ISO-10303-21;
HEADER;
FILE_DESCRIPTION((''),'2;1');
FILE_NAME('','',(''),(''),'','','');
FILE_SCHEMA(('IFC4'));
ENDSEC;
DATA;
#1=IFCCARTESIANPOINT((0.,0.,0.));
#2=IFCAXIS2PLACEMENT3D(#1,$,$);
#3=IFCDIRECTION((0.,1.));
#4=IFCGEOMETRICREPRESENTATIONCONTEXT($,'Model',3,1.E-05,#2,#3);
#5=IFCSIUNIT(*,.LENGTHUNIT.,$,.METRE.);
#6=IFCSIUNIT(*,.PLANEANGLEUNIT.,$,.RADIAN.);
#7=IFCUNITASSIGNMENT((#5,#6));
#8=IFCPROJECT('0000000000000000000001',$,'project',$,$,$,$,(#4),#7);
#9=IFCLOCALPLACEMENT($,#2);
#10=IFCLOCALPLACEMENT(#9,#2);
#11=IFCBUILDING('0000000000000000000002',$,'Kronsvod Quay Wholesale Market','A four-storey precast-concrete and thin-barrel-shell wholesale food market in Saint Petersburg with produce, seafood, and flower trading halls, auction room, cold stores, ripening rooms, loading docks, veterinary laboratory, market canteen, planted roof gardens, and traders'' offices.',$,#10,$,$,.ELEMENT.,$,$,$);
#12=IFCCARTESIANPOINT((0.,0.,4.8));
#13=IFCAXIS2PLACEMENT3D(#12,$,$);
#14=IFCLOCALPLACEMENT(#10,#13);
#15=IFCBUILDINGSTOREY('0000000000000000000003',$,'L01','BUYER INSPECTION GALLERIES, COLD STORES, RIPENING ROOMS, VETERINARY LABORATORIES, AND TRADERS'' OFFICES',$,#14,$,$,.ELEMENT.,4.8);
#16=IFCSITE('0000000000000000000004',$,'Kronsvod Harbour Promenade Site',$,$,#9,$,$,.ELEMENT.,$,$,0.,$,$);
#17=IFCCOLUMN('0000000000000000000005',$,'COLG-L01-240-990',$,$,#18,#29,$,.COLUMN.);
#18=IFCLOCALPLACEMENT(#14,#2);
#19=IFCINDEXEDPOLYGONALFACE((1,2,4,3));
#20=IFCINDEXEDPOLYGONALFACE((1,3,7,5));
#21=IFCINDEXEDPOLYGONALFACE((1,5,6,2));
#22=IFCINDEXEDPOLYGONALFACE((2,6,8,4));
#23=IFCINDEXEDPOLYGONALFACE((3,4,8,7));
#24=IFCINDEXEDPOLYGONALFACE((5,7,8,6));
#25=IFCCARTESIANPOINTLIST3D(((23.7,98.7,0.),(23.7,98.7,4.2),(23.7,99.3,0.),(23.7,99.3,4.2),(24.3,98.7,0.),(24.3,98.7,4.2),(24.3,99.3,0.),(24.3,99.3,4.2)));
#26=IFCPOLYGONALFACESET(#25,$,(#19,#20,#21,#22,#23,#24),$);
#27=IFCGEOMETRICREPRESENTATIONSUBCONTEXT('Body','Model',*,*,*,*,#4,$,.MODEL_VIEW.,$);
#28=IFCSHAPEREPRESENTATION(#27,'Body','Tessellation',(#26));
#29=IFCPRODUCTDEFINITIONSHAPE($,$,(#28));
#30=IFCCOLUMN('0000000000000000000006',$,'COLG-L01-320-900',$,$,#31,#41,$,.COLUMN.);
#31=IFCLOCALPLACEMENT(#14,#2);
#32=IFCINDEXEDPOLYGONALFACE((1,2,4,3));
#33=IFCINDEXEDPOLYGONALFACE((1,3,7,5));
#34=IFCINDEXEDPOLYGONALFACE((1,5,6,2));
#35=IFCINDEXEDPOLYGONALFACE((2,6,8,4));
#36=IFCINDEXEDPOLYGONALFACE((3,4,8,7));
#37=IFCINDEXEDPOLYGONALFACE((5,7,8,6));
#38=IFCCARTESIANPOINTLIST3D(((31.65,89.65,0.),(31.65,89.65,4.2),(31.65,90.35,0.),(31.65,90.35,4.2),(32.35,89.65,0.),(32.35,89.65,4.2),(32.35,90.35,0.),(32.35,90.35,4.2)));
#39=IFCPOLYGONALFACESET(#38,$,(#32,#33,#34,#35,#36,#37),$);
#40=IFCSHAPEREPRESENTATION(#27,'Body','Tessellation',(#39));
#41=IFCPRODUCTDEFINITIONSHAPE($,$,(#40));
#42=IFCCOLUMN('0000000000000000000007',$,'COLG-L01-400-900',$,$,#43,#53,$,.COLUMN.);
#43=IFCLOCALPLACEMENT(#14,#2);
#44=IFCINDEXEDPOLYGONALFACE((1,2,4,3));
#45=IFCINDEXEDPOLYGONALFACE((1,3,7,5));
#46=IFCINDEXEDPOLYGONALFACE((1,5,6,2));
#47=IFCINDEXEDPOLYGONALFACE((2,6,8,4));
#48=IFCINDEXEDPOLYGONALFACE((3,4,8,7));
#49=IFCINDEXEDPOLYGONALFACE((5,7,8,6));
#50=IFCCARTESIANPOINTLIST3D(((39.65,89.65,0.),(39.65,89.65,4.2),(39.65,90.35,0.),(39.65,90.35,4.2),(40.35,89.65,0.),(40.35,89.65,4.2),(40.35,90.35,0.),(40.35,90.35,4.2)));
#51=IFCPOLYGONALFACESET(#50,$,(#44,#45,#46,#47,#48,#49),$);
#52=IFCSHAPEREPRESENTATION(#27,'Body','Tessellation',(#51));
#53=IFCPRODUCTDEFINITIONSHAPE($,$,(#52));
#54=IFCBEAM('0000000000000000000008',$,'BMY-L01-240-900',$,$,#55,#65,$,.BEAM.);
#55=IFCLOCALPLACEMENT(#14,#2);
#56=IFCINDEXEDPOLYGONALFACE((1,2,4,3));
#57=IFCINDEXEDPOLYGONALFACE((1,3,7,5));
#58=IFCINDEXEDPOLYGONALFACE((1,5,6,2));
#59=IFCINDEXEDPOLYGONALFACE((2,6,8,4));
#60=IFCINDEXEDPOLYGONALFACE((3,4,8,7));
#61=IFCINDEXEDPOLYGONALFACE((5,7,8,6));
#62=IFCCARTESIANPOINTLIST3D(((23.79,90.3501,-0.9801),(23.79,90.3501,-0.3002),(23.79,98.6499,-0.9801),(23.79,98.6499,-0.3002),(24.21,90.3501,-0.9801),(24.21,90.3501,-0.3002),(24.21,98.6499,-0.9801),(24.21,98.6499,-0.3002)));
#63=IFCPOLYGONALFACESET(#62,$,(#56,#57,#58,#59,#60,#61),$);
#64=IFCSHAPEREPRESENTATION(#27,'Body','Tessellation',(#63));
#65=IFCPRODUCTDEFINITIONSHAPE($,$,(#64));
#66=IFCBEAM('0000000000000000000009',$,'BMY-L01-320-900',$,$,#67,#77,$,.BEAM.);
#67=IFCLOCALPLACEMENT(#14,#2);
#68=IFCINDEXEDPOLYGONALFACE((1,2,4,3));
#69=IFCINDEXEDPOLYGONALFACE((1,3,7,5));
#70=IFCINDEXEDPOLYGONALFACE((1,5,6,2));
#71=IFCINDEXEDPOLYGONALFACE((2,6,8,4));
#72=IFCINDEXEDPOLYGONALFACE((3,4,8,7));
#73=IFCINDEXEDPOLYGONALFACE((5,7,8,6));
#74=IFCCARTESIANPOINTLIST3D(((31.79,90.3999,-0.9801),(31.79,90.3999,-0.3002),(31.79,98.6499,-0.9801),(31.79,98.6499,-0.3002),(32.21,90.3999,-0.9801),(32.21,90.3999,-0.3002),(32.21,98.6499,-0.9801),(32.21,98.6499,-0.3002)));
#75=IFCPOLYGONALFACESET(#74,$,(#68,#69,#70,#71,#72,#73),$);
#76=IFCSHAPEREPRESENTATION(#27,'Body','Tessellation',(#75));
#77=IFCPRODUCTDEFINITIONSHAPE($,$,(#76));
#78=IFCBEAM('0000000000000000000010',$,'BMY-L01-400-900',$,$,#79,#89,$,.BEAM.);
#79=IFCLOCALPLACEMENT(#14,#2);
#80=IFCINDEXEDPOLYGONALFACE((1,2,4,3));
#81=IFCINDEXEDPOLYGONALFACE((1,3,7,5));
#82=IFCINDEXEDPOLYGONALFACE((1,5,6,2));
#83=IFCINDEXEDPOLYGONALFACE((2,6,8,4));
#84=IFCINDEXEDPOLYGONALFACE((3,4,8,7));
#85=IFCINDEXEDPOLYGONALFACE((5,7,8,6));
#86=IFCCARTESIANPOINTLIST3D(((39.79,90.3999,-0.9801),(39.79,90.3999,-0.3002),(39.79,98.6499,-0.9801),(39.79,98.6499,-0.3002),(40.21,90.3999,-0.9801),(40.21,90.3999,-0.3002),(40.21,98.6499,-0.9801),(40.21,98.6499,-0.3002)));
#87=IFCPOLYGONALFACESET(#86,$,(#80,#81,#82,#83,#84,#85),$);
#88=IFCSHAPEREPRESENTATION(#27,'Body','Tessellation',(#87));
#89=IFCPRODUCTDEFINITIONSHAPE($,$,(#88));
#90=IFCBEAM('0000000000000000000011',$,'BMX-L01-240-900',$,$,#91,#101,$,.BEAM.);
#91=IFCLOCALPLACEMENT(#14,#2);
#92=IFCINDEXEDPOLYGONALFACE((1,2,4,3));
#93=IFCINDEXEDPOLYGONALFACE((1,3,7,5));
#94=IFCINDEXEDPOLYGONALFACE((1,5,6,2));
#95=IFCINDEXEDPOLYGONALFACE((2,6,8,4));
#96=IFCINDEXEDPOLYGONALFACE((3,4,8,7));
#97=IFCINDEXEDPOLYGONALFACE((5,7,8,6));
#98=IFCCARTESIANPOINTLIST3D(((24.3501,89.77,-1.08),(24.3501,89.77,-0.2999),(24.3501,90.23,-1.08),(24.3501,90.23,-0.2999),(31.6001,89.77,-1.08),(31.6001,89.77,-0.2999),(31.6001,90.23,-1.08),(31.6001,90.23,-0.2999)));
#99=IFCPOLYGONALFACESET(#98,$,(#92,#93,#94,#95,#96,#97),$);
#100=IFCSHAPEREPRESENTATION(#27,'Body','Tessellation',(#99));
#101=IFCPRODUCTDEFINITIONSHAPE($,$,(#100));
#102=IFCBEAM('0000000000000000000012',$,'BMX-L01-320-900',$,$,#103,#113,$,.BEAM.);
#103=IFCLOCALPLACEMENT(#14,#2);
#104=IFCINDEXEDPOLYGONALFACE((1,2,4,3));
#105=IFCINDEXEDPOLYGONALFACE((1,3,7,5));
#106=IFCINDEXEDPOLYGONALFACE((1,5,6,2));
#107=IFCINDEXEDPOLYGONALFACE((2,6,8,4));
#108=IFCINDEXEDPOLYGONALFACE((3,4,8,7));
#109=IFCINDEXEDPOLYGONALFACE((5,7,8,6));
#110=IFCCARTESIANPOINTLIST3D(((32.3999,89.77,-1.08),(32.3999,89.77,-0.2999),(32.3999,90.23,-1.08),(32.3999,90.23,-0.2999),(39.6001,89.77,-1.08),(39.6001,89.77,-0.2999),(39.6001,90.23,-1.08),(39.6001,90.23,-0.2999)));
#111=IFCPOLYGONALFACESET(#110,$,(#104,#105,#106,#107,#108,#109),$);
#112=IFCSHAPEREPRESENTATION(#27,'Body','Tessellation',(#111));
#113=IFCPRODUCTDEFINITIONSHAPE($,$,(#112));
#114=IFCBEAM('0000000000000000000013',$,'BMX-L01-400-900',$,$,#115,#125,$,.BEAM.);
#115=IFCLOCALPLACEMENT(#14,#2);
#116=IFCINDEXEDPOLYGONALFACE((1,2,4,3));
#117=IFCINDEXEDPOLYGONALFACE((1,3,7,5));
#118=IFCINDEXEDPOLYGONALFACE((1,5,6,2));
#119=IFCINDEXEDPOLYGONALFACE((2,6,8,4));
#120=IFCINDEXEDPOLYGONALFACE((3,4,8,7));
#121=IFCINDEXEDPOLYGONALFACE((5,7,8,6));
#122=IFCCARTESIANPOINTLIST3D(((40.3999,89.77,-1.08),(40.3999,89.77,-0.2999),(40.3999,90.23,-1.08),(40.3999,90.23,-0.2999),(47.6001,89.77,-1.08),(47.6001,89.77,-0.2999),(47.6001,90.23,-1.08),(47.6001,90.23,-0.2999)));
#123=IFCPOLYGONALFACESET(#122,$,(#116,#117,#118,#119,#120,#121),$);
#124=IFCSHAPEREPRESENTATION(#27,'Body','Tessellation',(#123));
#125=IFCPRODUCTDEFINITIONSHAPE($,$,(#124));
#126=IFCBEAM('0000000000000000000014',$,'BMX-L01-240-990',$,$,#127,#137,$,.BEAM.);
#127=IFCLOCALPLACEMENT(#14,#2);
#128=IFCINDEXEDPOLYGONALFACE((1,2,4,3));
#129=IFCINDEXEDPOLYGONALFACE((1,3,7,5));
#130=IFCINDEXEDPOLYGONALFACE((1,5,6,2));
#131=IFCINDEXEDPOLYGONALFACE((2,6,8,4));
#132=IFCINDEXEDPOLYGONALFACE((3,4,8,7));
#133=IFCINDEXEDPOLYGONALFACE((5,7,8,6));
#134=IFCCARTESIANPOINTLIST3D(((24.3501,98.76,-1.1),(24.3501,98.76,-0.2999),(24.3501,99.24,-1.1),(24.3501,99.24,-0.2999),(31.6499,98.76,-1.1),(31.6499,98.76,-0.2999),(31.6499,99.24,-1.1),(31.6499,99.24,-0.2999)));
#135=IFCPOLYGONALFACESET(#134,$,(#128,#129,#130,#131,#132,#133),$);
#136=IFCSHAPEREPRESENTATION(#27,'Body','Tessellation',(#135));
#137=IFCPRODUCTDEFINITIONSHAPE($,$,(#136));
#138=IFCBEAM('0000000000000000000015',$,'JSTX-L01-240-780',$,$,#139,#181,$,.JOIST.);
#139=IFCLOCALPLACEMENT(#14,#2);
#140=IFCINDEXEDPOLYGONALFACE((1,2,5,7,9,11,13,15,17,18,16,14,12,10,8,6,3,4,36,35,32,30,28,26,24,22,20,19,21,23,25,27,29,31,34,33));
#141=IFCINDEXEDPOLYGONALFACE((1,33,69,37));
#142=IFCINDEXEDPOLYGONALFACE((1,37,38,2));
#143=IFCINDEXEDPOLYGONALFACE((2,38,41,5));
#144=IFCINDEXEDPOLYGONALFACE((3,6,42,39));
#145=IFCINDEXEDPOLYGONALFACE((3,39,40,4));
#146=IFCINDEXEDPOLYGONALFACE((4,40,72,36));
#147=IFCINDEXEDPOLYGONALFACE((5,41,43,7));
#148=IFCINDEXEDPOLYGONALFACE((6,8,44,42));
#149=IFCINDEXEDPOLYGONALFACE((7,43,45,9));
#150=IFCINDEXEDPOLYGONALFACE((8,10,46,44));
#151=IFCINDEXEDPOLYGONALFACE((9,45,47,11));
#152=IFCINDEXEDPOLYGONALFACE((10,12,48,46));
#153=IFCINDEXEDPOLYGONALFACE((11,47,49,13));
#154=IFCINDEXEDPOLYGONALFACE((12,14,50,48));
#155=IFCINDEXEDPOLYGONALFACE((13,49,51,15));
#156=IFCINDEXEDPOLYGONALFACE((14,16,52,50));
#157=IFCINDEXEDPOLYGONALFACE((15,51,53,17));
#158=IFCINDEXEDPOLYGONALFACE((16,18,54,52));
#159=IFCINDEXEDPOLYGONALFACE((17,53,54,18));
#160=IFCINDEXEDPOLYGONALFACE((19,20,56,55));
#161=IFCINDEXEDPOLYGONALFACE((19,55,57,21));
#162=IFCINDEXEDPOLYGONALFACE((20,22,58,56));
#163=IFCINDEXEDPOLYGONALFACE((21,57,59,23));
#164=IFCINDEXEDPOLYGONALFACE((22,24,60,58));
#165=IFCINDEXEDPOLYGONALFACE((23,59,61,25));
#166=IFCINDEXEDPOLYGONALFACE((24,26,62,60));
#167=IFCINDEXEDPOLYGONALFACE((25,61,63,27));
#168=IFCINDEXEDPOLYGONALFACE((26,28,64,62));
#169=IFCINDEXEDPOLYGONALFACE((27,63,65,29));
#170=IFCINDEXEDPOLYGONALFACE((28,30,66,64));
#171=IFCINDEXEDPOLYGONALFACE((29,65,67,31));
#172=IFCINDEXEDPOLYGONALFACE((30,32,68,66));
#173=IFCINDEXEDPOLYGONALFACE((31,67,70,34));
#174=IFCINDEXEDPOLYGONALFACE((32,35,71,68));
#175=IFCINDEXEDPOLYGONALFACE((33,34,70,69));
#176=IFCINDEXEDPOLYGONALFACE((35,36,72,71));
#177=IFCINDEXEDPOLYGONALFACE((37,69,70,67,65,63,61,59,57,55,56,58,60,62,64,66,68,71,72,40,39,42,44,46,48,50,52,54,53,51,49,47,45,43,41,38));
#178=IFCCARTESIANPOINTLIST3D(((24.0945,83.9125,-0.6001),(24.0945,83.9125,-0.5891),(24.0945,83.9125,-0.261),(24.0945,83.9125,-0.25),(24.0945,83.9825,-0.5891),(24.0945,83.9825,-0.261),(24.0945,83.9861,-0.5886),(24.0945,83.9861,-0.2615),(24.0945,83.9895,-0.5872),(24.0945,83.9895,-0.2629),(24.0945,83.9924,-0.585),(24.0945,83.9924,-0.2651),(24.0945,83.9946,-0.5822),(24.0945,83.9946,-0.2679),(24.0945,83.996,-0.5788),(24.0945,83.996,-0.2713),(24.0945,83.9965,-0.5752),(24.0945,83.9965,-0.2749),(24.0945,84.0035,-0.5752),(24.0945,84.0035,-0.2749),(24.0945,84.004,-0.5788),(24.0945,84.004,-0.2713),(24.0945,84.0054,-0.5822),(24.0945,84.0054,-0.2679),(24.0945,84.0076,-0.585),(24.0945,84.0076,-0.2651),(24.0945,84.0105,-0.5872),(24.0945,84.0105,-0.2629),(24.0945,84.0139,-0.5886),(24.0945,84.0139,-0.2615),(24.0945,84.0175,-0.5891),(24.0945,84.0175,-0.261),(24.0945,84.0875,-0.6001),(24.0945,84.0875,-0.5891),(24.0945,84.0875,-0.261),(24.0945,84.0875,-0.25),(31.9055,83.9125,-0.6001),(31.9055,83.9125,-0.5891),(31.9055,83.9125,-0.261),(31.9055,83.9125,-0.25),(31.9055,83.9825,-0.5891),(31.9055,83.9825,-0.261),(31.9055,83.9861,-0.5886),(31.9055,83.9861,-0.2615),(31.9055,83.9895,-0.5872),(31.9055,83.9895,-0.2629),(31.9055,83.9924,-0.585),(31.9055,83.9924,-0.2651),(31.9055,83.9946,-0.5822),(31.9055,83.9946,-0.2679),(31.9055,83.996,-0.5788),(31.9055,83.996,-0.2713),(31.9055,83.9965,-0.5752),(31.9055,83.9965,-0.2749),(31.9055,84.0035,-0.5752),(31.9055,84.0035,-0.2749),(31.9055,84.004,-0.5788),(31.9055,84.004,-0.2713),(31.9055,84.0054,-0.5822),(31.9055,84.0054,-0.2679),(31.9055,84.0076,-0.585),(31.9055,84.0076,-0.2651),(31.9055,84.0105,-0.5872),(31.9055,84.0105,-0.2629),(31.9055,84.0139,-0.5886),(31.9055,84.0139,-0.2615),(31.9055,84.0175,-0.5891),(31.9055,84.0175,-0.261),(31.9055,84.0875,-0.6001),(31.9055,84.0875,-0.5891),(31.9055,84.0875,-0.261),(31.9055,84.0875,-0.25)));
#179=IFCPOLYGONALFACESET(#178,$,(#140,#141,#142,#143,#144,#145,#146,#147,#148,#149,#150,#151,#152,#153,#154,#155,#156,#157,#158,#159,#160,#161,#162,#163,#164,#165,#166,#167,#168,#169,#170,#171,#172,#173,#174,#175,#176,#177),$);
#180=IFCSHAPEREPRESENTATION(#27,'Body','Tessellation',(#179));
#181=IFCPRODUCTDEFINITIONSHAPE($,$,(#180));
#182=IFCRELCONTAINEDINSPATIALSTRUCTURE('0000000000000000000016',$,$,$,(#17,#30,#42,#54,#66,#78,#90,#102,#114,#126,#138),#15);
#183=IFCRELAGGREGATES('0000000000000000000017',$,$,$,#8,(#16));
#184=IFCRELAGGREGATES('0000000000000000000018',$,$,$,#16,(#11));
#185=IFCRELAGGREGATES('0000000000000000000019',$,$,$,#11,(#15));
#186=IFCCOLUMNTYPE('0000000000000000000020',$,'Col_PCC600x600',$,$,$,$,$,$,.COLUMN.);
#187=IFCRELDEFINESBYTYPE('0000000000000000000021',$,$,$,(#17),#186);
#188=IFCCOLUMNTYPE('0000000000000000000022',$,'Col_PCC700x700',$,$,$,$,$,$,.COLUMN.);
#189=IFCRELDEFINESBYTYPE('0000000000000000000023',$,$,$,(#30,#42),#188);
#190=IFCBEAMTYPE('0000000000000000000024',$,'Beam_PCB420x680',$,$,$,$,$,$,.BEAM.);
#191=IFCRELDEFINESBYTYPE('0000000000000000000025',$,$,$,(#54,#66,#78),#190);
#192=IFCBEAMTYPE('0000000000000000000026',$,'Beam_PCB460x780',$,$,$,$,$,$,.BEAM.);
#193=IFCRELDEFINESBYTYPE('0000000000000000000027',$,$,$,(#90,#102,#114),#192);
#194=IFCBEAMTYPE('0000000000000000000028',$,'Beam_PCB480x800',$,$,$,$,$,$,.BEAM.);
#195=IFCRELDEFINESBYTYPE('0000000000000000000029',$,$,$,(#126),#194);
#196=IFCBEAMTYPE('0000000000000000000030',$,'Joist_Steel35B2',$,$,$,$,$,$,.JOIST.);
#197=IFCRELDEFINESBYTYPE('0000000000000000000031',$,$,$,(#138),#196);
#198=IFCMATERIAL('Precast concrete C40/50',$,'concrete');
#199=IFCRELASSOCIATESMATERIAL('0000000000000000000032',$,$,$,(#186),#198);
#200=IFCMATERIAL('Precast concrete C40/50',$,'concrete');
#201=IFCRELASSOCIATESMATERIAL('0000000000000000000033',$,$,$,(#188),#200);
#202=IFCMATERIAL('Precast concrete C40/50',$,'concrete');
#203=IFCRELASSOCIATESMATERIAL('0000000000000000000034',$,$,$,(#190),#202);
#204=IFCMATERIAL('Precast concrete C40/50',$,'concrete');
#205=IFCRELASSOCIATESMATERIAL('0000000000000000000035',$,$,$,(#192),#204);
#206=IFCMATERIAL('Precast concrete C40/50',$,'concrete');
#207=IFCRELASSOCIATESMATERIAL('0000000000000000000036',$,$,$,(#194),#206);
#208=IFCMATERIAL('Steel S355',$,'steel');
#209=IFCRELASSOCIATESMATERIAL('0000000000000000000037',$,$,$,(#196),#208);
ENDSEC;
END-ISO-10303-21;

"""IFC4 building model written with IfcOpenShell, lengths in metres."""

from ifc_helpers import new_model, si_unit, direction, frame, origin, origin_2d, place, context, subcontext, project, spatial, rectangle, i_section, extrude, material, material_profile, profile_set, type_object, element, save


model = new_model("IFC4")

# Units and contexts
model_context = context("Model", 3, precision=1e-05, world=origin(), true_north=direction((0.0, 1.0)))
body_context = subcontext(model_context, "Body", "Model", "MODEL_VIEW")
ifc_project = project(units=[si_unit("LENGTHUNIT", "METRE"), si_unit("PLANEANGLEUNIT", "RADIAN")], contexts=[model_context])

# Site, building, storey
site_placement = place(None, origin())
site = spatial("IfcSite", under=ifc_project, at=site_placement, Name="Kronsvod Harbour Promenade Site", CompositionType="ELEMENT", RefElevation=0.0)
building_placement = place(site_placement, origin())
building = spatial("IfcBuilding", under=site, at=building_placement, Name="Kronsvod Quay Wholesale Market", Description="A four-storey precast-concrete and thin-barrel-shell wholesale food market in Saint Petersburg with produce, seafood, and flower trading halls, auction room, cold stores, ripening rooms, loading docks, veterinary laboratory, market canteen, planted roof gardens, and traders' offices.", CompositionType="ELEMENT")
storey_placement = place(building_placement, frame((0.0, 0.0, 4.8)))
storey = spatial("IfcBuildingStorey", under=building, at=storey_placement, Name="L01", Description="BUYER INSPECTION GALLERIES, COLD STORES, RIPENING ROOMS, VETERINARY LABORATORIES, AND TRADERS' OFFICES", CompositionType="ELEMENT", Elevation=4.8)

# Columns
ifc_material_1 = material(Name="Precast concrete C40/50", Category="concrete")
ifc_material_profile_1 = material_profile(ifc_material_1, rectangle(XDim=0.6001, YDim=0.6001, at=origin_2d()), Name="PCC600x600")
ifc_profile_set_1 = profile_set([ifc_material_profile_1], Name="Precast concrete C40/50")
column_type_1 = type_object("IfcColumnType", Name="Col_PCC600x600", PredefinedType="COLUMN", material=ifc_profile_set_1)
column_placement = place(storey_placement, frame((24.0, 99.0, 0.0), z_axis=(0.0, 0.0, 1.0), x_axis=(1.0, 0.0, 0.0)))
element("IfcColumn", 1, at=column_placement, inside=storey, type_object=column_type_1, Name="COLG-L01-240-990", PredefinedType="COLUMN", context=body_context, shape_type="SweptSolid", body=[
    extrude(rectangle(XDim=0.6001, YDim=0.6001, at=origin_2d()), origin(), (0.0, 0.0, 1.0), 4.2),
])
ifc_material_2 = material(Name="Precast concrete C40/50", Category="concrete")
ifc_material_profile_2 = material_profile(ifc_material_2, rectangle(XDim=0.7, YDim=0.7, at=origin_2d()), Name="PCC700x700")
ifc_profile_set_2 = profile_set([ifc_material_profile_2], Name="Precast concrete C40/50")
column_type_2 = type_object("IfcColumnType", Name="Col_PCC700x700", PredefinedType="COLUMN", material=ifc_profile_set_2)
for number, where, z_axis, x_axis, name in (
    (2, (32.0, 90.0, 0.0), (0.0, 0.0, 1.0), (1.0, 0.0, 0.0), "COLG-L01-320-900"),
    (3, (40.0, 90.0, 0.0), (0.0, 0.0, 1.0), (1.0, 0.0, 0.0), "COLG-L01-400-900"),
):
    element("IfcColumn", number, at=place(storey_placement, frame(where, z_axis=z_axis, x_axis=x_axis)), inside=storey, type_object=column_type_2, Name=name, PredefinedType="COLUMN", context=body_context, shape_type="SweptSolid", body=[
        extrude(rectangle(XDim=0.7, YDim=0.7, at=origin_2d()), origin(), (0.0, 0.0, 1.0), 4.2),
    ])

# Beams
ifc_material_3 = material(Name="Precast concrete C40/50", Category="concrete")
ifc_material_profile_3 = material_profile(ifc_material_3, rectangle(XDim=0.4199, YDim=0.6799, at=origin_2d()), Name="PB-05")
ifc_profile_set_3 = profile_set([ifc_material_profile_3], Name="Precast concrete C40/50")
beam_type_1 = type_object("IfcBeamType", Name="Beam_PCB420x680", PredefinedType="BEAM", material=ifc_profile_set_3)
beam_1_placement = place(storey_placement, frame((24.0, 90.3501, -0.6401), z_axis=(0.0, 1.0, 0.0), x_axis=(-1.0, 0.0, 0.0)))
element("IfcBeam", 4, at=beam_1_placement, inside=storey, type_object=beam_type_1, Name="BMY-L01-240-900", PredefinedType="BEAM", context=body_context, shape_type="SweptSolid", body=[
    extrude(rectangle(XDim=0.4199, YDim=0.6799, at=origin_2d()), origin(), (0.0, 0.0, 1.0), 8.2998),
])
for number, where, z_axis, x_axis, name in (
    (5, (32.0, 90.3999, -0.6401), (0.0, 1.0, 0.0), (-1.0, 0.0, 0.0), "BMY-L01-320-900"),
    (6, (40.0, 90.3999, -0.6401), (0.0, 1.0, 0.0), (-1.0, 0.0, 0.0), "BMY-L01-400-900"),
):
    element("IfcBeam", number, at=place(storey_placement, frame(where, z_axis=z_axis, x_axis=x_axis)), inside=storey, type_object=beam_type_1, Name=name, PredefinedType="BEAM", context=body_context, shape_type="SweptSolid", body=[
        extrude(rectangle(XDim=0.4199, YDim=0.6799, at=origin_2d()), origin(), (0.0, 0.0, 1.0), 8.25),
    ])
ifc_material_4 = material(Name="Precast concrete C40/50", Category="concrete")
ifc_material_profile_4 = material_profile(ifc_material_4, rectangle(XDim=0.46, YDim=0.78, at=origin_2d()), Name="PB-03")
ifc_profile_set_4 = profile_set([ifc_material_profile_4], Name="Precast concrete C40/50")
beam_type_2 = type_object("IfcBeamType", Name="Beam_PCB460x780", PredefinedType="BEAM", material=ifc_profile_set_4)
beam_2_placement = place(storey_placement, frame((24.3501, 90.0, -0.6899), z_axis=(1.0, 0.0, 0.0), x_axis=(0.0, 1.0, 0.0)))
element("IfcBeam", 7, at=beam_2_placement, inside=storey, type_object=beam_type_2, Name="BMX-L01-240-900", PredefinedType="BEAM", context=body_context, shape_type="SweptSolid", body=[
    extrude(rectangle(XDim=0.46, YDim=0.78, at=origin_2d()), origin(), (0.0, 0.0, 1.0), 7.25),
])
for number, where, z_axis, x_axis, name in (
    (8, (32.3999, 90.0, -0.6899), (1.0, 0.0, 0.0), (0.0, 1.0, 0.0), "BMX-L01-320-900"),
    (9, (40.3999, 90.0, -0.6899), (1.0, 0.0, 0.0), (0.0, 1.0, 0.0), "BMX-L01-400-900"),
):
    element("IfcBeam", number, at=place(storey_placement, frame(where, z_axis=z_axis, x_axis=x_axis)), inside=storey, type_object=beam_type_2, Name=name, PredefinedType="BEAM", context=body_context, shape_type="SweptSolid", body=[
        extrude(rectangle(XDim=0.46, YDim=0.78, at=origin_2d()), origin(), (0.0, 0.0, 1.0), 7.2002),
    ])
ifc_material_5 = material(Name="Precast concrete C40/50", Category="concrete")
ifc_material_profile_5 = material_profile(ifc_material_5, rectangle(XDim=0.48, YDim=0.8, at=origin_2d()), Name="PB-04")
ifc_profile_set_5 = profile_set([ifc_material_profile_5], Name="Precast concrete C40/50")
beam_type_3 = type_object("IfcBeamType", Name="Beam_PCB480x800", PredefinedType="BEAM", material=ifc_profile_set_5)
beam_3_placement = place(storey_placement, frame((24.3501, 99.0, -0.7), z_axis=(1.0, 0.0, 0.0), x_axis=(0.0, 1.0, 0.0)))
element("IfcBeam", 10, at=beam_3_placement, inside=storey, type_object=beam_type_3, Name="BMX-L01-240-990", PredefinedType="BEAM", context=body_context, shape_type="SweptSolid", body=[
    extrude(rectangle(XDim=0.48, YDim=0.8, at=origin_2d()), origin(), (0.0, 0.0, 1.0), 7.2998),
])
ifc_material_6 = material(Name="Steel S355", Category="steel")
ifc_material_profile_6 = material_profile(ifc_material_6, i_section(OverallWidth=0.175, OverallDepth=0.3501, WebThickness=0.0071, FlangeThickness=0.011, FilletRadius=0.0139, at=origin_2d()), Name="35B2")
ifc_profile_set_6 = profile_set([ifc_material_profile_6], Name="Steel S355")
beam_type_4 = type_object("IfcBeamType", Name="Joist_Steel35B2", PredefinedType="JOIST", material=ifc_profile_set_6)
beam_4_placement = place(storey_placement, frame((24.0945, 84.0, -0.425), z_axis=(1.0, 0.0, 0.0), x_axis=(0.0, 1.0, 0.0)))
element("IfcBeam", 11, at=beam_4_placement, inside=storey, type_object=beam_type_4, Name="JSTX-L01-240-780", PredefinedType="JOIST", context=body_context, shape_type="SweptSolid", body=[
    extrude(i_section(OverallWidth=0.175, OverallDepth=0.3501, WebThickness=0.0071, FlangeThickness=0.011, FilletRadius=0.0139, at=origin_2d()), origin(), (0.0, 0.0, 1.0), 7.811),
])

save(model, "model.ifc")
